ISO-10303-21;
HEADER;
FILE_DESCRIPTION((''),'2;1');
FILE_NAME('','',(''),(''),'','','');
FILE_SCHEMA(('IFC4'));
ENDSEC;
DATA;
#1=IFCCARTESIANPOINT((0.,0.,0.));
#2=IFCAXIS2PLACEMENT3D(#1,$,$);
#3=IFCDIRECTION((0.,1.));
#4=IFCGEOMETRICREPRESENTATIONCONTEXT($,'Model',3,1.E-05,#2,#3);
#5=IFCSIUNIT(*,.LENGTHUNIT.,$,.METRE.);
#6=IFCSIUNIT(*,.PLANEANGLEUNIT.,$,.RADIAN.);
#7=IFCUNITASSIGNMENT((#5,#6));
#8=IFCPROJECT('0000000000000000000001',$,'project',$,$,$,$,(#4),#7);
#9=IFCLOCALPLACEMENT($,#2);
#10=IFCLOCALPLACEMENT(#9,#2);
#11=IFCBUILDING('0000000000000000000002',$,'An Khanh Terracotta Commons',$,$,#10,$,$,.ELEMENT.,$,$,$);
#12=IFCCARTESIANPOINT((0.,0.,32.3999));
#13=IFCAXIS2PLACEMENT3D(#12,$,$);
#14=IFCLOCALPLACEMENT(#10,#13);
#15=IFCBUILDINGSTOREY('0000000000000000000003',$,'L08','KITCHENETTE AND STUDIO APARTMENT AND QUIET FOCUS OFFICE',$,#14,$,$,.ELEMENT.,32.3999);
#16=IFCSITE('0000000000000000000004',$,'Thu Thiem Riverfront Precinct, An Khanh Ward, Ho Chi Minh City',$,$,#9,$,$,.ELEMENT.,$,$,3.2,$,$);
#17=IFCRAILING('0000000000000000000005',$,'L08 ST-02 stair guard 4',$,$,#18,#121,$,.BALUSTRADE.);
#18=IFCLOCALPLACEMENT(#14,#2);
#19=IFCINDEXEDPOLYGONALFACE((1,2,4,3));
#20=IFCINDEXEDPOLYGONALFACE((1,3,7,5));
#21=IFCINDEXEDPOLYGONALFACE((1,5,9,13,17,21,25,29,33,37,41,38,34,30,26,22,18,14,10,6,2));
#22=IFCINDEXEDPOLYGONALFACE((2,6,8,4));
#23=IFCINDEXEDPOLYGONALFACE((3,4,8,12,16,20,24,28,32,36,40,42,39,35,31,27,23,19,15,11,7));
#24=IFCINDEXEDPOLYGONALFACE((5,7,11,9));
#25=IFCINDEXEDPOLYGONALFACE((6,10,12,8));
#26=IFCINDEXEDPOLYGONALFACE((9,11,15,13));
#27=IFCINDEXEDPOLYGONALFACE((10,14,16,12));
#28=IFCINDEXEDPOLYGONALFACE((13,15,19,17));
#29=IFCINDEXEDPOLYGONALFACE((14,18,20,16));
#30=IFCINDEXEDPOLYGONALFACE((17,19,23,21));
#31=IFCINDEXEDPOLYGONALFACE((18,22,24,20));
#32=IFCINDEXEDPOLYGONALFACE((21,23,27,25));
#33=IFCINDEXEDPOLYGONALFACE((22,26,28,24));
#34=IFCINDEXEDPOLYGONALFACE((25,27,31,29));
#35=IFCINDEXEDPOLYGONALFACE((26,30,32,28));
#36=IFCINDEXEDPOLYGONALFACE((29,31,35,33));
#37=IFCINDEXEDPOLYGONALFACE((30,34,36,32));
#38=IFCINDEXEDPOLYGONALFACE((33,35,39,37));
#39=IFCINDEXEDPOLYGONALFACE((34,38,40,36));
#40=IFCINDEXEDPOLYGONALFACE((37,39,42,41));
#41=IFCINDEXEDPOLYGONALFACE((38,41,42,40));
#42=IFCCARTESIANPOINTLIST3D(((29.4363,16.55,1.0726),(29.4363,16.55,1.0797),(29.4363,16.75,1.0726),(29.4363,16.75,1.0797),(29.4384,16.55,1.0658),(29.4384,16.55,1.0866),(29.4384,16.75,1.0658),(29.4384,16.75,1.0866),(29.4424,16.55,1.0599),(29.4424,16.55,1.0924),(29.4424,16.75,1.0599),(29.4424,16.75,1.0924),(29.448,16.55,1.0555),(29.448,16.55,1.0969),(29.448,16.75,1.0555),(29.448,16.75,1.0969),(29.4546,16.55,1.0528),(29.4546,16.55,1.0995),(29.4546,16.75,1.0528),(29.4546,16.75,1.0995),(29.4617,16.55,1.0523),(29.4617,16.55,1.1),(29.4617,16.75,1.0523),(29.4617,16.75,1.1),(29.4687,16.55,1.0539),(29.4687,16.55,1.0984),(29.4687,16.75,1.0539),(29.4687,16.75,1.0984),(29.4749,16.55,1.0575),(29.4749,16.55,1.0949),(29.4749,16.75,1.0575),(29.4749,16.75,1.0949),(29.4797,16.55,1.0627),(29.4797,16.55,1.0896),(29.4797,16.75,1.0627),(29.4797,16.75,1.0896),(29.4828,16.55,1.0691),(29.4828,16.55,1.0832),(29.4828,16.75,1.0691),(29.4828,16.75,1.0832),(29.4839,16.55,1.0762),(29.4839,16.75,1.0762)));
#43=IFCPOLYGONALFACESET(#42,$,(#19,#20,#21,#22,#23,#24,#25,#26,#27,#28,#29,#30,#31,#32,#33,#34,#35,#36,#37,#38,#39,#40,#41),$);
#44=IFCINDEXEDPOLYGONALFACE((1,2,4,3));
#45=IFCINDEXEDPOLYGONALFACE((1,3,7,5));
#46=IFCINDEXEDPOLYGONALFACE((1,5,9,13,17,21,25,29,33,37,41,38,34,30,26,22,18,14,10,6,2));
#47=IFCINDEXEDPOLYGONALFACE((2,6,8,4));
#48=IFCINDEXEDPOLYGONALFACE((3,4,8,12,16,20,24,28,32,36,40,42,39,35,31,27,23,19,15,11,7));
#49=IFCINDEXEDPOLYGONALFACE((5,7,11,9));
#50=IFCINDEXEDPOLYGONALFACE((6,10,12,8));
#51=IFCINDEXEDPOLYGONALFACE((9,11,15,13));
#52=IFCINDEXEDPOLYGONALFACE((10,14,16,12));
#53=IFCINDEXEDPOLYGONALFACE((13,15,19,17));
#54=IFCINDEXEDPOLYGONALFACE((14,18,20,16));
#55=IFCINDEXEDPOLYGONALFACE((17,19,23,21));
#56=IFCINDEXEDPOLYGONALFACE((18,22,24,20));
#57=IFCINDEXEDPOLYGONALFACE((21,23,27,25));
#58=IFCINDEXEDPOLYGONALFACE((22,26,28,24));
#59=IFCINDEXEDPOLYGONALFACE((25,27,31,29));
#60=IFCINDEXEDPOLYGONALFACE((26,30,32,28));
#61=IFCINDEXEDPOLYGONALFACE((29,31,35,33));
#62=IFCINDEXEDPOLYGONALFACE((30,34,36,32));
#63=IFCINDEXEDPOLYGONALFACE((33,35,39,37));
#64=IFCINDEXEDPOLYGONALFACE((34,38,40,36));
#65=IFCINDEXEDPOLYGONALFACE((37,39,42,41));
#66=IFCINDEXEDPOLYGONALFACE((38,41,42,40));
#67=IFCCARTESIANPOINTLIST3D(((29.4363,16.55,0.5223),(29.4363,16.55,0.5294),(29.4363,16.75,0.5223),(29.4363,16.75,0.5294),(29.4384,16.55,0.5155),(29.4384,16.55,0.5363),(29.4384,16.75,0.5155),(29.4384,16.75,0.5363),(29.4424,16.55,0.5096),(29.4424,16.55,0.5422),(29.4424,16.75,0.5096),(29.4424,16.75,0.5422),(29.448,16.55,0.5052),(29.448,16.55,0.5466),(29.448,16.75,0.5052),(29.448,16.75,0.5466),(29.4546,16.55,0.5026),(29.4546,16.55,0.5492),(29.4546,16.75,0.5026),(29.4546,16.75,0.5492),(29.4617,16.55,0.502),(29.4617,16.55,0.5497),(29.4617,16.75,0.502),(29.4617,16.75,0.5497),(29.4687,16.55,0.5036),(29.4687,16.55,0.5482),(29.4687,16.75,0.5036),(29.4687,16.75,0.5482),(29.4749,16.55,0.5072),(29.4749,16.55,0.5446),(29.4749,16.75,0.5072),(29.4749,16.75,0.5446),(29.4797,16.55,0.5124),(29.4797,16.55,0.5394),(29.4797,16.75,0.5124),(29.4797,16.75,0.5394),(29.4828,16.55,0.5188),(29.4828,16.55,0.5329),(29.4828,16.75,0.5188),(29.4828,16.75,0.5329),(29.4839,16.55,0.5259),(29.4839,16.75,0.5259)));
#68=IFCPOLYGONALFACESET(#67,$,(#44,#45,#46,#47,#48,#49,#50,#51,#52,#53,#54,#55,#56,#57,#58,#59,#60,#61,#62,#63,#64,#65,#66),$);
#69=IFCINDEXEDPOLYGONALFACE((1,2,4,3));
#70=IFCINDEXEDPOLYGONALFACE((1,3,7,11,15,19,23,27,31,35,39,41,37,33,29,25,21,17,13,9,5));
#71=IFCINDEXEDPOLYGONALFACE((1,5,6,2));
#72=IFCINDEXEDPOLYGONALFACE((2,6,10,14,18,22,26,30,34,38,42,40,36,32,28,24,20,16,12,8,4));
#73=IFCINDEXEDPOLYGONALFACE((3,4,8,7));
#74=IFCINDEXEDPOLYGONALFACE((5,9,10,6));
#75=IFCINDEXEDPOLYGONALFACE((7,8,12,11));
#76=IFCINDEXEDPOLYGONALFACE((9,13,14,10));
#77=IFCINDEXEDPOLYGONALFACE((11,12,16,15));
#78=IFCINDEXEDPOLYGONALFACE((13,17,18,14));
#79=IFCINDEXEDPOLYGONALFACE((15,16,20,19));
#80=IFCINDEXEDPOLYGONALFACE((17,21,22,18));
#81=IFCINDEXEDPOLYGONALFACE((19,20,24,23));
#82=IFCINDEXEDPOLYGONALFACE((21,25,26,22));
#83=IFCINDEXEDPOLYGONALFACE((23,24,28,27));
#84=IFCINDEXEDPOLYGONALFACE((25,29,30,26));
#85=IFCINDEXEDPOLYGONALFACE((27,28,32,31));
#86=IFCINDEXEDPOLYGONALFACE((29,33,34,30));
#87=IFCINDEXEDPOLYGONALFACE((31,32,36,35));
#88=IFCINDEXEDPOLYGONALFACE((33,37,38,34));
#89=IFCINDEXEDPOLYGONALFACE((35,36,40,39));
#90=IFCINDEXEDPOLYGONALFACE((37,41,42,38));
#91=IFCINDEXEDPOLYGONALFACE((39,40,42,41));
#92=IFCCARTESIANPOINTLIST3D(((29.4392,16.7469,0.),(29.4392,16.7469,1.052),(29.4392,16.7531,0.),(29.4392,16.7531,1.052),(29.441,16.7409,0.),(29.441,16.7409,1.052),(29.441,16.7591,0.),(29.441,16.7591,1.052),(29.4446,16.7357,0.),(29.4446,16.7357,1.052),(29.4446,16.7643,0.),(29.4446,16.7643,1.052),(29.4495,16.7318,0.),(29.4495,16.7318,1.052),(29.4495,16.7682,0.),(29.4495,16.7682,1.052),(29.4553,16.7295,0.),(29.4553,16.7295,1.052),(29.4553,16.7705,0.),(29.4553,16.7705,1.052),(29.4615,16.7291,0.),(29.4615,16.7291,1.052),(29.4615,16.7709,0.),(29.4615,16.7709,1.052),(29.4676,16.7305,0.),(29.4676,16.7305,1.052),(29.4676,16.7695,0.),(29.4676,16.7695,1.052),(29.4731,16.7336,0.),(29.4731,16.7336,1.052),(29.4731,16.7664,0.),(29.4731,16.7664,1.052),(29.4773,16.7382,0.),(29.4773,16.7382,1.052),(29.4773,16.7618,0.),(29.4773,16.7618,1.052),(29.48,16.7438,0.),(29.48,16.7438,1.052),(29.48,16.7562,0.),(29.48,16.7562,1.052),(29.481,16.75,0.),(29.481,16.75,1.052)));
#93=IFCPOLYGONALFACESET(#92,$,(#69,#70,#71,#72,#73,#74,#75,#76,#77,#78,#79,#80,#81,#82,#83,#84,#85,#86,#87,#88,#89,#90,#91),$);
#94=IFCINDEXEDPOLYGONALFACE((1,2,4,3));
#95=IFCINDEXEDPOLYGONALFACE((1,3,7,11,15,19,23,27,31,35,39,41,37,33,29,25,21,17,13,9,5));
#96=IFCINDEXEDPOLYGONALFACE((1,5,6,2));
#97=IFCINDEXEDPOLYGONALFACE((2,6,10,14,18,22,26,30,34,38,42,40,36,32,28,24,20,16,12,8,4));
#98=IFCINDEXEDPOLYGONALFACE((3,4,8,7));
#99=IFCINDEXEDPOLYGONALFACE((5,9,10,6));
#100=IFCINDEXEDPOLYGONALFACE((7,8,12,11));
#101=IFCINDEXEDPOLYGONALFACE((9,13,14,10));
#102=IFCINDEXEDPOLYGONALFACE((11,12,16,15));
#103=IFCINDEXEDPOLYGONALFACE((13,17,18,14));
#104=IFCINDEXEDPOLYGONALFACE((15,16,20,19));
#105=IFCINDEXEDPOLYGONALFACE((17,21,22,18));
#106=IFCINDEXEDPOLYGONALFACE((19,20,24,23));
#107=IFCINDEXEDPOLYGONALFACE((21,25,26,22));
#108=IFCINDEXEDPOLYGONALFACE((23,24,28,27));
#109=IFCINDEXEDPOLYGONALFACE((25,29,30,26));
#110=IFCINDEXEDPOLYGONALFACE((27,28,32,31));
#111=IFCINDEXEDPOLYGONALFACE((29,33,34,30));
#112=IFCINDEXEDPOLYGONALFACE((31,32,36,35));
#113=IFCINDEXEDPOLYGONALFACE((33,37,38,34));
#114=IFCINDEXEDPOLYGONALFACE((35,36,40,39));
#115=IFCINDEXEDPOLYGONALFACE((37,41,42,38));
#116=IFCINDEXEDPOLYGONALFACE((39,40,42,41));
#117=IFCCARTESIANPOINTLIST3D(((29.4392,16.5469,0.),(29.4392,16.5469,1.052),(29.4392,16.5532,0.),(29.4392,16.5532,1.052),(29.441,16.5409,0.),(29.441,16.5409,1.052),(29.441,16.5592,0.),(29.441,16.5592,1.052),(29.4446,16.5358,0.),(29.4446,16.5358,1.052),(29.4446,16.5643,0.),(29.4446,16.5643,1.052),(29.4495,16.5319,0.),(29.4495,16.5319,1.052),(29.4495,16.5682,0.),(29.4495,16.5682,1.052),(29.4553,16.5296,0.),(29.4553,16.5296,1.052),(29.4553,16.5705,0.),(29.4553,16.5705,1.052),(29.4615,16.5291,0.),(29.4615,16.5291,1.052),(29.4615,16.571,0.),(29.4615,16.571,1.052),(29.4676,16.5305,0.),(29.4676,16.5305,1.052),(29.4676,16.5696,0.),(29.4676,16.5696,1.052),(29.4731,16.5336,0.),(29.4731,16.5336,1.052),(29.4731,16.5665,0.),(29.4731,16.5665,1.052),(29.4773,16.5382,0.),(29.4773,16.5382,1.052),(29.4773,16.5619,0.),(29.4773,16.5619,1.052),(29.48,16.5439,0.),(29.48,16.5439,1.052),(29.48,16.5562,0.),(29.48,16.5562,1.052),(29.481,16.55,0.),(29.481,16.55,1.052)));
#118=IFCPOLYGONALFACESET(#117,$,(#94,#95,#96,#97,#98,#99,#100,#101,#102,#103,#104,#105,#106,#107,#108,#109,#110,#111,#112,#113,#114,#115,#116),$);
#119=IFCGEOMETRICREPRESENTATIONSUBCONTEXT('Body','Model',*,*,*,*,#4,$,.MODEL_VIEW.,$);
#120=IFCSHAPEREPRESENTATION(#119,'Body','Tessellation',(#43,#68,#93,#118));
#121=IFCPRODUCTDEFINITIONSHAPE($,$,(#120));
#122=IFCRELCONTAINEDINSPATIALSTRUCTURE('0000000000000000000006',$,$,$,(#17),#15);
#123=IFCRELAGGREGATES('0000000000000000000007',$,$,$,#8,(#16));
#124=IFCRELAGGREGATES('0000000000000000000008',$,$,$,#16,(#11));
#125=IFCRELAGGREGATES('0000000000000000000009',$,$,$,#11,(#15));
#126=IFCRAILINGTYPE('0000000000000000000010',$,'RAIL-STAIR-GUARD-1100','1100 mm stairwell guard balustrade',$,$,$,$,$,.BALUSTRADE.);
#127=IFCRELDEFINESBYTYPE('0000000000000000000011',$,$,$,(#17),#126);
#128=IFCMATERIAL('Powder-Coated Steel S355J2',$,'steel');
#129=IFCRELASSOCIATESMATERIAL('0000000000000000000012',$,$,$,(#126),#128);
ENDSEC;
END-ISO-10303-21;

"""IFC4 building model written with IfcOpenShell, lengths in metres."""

from ifc_helpers import new_model, si_unit, direction, frame, origin, origin_2d, place, context, subcontext, project, spatial, circle, extrude, material, type_object, element, save


model = new_model("IFC4")

# Units and contexts
model_context = context("Model", 3, precision=1e-05, world=origin(), true_north=direction((0.0, 1.0)))
body_context = subcontext(model_context, "Body", "Model", "MODEL_VIEW")
ifc_project = project(units=[si_unit("LENGTHUNIT", "METRE"), si_unit("PLANEANGLEUNIT", "RADIAN")], contexts=[model_context])

# Site, building, storey
site_placement = place(None, origin())
site = spatial("IfcSite", under=ifc_project, at=site_placement, Name="Thu Thiem Riverfront Precinct, An Khanh Ward, Ho Chi Minh City", CompositionType="ELEMENT", RefElevation=3.2)
building_placement = place(site_placement, origin())
building = spatial("IfcBuilding", under=site, at=building_placement, Name="An Khanh Terracotta Commons", CompositionType="ELEMENT")
storey_placement = place(building_placement, frame((0.0, 0.0, 32.3999)))
storey = spatial("IfcBuildingStorey", under=building, at=storey_placement, Name="L08", Description="KITCHENETTE AND STUDIO APARTMENT AND QUIET FOCUS OFFICE", CompositionType="ELEMENT", Elevation=32.3999)

# Railing
ifc_material_1 = material(Name="Powder-Coated Steel S355J2", Category="steel")
railing_type_1 = type_object("IfcRailingType", Name="RAIL-STAIR-GUARD-1100", Description="1100 mm stairwell guard balustrade", PredefinedType="BALUSTRADE", material=ifc_material_1)
railing_1_placement = place(storey_placement, frame((29.46, 16.75, 0.0)))
element("IfcRailing", 1, at=railing_1_placement, inside=storey, type_object=railing_type_1, Name="L08 ST-02 stair guard 4", PredefinedType="BALUSTRADE", context=body_context, shape_type="SweptSolid", body=[
    extrude(circle(Radius=0.0239, at=origin_2d()), frame((0.0, 0.0, 1.0762), z_axis=(0.0, -1.0, 0.0), x_axis=(1.0, 0.0, 0.0)), (0.0, 0.0, 1.0), 0.2),
    extrude(circle(Radius=0.0239, at=origin_2d()), frame((0.0, 0.0, 0.5259), z_axis=(0.0, -1.0, 0.0), x_axis=(1.0, 0.0, 0.0)), (0.0, 0.0, 1.0), 0.2),
    extrude(circle(Radius=0.021, at=origin_2d()), origin(), (0.0, 0.0, 1.0), 1.052),
    extrude(circle(Radius=0.021, at=origin_2d()), frame((0.0, -0.2, 0.0)), (0.0, 0.0, 1.0), 1.052),
])

save(model, "model.ifc")
